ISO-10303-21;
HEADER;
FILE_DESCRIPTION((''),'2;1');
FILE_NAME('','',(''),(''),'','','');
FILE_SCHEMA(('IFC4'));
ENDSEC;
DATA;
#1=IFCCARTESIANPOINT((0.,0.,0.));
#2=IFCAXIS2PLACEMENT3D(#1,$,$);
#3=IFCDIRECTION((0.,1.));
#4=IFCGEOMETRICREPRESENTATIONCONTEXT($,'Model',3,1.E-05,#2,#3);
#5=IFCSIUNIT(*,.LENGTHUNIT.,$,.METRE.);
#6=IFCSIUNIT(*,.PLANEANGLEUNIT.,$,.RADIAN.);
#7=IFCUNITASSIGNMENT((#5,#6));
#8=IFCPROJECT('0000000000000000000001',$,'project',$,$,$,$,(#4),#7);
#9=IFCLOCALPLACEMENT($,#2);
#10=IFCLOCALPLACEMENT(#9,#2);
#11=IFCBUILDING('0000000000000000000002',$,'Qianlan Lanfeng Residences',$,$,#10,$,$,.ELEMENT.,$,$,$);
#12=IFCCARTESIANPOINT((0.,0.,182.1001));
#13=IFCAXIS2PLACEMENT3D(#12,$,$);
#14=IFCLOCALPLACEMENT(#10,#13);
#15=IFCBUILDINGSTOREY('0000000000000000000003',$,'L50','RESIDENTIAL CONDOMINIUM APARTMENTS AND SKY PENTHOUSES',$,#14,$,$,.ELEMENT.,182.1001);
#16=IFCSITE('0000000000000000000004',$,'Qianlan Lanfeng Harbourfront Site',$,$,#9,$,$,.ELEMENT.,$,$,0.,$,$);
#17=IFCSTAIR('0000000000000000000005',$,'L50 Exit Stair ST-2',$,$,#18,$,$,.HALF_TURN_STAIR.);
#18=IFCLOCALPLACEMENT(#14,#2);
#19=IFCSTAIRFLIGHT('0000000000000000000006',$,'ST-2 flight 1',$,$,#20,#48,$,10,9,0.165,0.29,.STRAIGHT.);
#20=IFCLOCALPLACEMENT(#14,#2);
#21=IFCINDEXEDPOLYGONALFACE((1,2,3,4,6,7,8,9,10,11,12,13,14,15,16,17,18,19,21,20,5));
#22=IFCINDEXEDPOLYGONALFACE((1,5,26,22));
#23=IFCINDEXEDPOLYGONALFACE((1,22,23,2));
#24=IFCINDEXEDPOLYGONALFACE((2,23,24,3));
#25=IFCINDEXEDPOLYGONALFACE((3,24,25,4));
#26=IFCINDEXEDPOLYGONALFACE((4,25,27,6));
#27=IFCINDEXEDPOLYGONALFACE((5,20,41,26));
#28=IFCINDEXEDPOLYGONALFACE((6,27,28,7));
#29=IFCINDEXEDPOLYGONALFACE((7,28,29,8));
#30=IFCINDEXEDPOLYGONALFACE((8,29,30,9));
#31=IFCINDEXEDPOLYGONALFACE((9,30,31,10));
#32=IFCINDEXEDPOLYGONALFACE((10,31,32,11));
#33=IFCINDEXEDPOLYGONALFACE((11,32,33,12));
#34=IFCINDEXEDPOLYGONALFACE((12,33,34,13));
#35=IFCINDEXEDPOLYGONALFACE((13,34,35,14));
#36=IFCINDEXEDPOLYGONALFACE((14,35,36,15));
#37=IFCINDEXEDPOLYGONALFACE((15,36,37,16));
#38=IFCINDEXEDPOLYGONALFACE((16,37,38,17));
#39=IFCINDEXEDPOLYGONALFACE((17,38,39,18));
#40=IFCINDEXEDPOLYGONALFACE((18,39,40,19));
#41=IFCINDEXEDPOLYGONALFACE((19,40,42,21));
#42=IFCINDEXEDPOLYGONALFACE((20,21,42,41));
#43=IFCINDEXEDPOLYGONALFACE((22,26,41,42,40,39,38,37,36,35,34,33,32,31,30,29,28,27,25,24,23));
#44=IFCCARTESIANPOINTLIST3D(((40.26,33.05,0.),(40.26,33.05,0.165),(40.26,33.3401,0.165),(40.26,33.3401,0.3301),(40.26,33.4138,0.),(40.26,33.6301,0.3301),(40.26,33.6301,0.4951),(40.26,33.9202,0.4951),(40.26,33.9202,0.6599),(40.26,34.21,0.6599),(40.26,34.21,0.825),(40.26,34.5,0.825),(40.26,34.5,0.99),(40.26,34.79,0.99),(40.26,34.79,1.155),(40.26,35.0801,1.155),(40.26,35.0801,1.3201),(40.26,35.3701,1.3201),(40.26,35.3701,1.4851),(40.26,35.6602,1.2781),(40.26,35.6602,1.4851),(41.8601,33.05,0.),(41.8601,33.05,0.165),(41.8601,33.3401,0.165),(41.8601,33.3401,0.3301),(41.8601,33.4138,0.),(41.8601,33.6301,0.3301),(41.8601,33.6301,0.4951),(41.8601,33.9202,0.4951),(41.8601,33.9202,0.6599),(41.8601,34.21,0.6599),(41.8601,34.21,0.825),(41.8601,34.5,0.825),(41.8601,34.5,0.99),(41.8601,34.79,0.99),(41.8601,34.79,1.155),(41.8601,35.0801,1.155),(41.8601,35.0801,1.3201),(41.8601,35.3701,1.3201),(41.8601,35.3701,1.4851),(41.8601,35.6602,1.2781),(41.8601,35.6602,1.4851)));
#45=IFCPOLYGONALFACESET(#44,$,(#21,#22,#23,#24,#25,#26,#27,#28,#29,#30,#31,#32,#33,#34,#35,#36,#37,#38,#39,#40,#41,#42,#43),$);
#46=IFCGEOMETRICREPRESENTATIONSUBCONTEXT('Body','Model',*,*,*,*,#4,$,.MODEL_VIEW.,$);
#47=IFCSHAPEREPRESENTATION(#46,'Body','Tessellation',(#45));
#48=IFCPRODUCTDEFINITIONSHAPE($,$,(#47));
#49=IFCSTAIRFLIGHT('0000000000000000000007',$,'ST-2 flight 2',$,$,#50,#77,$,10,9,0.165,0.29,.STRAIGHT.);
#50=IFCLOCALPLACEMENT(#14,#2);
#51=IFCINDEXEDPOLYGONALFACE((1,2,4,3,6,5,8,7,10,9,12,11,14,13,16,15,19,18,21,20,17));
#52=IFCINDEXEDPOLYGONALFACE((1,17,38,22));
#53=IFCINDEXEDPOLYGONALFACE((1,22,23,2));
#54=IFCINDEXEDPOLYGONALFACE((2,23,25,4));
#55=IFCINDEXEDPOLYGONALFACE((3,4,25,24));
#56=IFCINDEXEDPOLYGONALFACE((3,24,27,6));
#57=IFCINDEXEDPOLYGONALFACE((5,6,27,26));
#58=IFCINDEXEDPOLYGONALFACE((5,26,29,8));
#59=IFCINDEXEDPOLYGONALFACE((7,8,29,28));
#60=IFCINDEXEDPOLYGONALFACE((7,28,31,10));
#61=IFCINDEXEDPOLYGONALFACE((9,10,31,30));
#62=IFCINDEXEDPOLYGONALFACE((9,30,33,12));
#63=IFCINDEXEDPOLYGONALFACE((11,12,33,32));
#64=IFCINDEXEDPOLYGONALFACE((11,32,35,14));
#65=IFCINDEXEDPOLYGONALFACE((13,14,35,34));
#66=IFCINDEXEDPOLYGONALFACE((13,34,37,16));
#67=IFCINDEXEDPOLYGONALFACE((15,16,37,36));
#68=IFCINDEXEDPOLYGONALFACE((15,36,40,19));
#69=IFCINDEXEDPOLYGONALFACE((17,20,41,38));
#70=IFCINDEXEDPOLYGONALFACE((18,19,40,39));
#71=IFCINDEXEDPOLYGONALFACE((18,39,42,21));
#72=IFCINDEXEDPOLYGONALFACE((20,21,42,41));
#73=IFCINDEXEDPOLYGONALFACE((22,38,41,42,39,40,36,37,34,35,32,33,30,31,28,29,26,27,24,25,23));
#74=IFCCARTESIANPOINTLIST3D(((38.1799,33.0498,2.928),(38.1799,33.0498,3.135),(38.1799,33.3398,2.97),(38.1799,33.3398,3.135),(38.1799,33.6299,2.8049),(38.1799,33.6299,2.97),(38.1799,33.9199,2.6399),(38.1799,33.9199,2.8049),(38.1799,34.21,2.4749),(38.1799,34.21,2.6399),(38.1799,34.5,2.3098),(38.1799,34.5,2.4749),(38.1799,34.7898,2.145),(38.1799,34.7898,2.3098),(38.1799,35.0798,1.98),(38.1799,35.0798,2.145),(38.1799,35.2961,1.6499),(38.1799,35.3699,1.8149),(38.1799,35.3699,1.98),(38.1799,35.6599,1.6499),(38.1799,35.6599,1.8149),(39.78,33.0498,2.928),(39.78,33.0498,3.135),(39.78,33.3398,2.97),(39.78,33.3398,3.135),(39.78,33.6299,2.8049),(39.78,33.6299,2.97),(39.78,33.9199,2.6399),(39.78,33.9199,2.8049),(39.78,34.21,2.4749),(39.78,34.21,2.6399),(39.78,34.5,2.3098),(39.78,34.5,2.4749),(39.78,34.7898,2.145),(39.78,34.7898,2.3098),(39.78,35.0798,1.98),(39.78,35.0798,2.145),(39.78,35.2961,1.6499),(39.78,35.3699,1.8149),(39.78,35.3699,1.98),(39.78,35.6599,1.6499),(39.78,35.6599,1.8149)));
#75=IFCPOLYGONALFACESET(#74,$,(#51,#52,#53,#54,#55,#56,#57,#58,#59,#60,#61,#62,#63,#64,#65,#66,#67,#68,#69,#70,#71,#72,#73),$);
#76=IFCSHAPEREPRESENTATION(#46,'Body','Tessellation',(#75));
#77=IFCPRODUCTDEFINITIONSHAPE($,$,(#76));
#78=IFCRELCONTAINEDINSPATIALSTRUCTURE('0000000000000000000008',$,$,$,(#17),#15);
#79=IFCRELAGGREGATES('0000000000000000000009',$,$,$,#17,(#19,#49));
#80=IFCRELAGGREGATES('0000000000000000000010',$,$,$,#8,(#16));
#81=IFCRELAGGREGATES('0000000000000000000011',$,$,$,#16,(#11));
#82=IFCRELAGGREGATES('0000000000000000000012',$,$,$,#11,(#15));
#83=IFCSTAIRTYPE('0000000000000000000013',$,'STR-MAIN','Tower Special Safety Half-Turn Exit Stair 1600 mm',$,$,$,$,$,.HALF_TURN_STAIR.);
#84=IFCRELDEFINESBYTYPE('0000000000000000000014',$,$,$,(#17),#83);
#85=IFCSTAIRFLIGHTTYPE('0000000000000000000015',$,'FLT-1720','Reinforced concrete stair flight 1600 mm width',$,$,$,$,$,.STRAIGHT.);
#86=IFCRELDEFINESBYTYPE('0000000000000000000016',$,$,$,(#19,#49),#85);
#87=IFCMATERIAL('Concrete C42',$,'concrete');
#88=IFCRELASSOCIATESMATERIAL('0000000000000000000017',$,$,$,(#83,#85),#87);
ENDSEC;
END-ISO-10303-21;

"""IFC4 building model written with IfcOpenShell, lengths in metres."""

from ifc_helpers import new_model, si_unit, direction, frame, origin, place, context, subcontext, project, spatial, polyline, outline, extrude, material, type_object, element, aggregate, save


model = new_model("IFC4")

# Units and contexts
model_context = context("Model", 3, precision=1e-05, world=origin(), true_north=direction((0.0, 1.0)))
body_context = subcontext(model_context, "Body", "Model", "MODEL_VIEW")
ifc_project = project(units=[si_unit("LENGTHUNIT", "METRE"), si_unit("PLANEANGLEUNIT", "RADIAN")], contexts=[model_context])

# Site, building, storey
site_placement = place(None, origin())
site = spatial("IfcSite", under=ifc_project, at=site_placement, Name="Qianlan Lanfeng Harbourfront Site", CompositionType="ELEMENT", RefElevation=0.0)
building_placement = place(site_placement, origin())
building = spatial("IfcBuilding", under=site, at=building_placement, Name="Qianlan Lanfeng Residences", CompositionType="ELEMENT")
storey_placement = place(building_placement, frame((0.0, 0.0, 182.1001)))
storey = spatial("IfcBuildingStorey", under=building, at=storey_placement, Name="L50", Description="RESIDENTIAL CONDOMINIUM APARTMENTS AND SKY PENTHOUSES", CompositionType="ELEMENT", Elevation=182.1001)

# Shared definitions
ifc_material_1 = material(Name="Concrete C42", Category="concrete")

# Stair, stair flights
stair_type = type_object("IfcStairType", Name="STR-MAIN", Description="Tower Special Safety Half-Turn Exit Stair 1600 mm", PredefinedType="HALF_TURN_STAIR", material=ifc_material_1)
stair_placement = place(storey_placement, origin())
stair = element("IfcStair", 1, at=stair_placement, inside=storey, type_object=stair_type, Name="L50 Exit Stair ST-2", PredefinedType="HALF_TURN_STAIR")
stair_flight_type = type_object("IfcStairFlightType", Name="FLT-1720", Description="Reinforced concrete stair flight 1600 mm width", PredefinedType="STRAIGHT", material=ifc_material_1)
stair_flight_1_placement = place(storey_placement, frame((41.0601, 33.05, 0.0), z_axis=(0.0, 0.0, 1.0), x_axis=(0.0, 1.0, 0.0)))
stair_flight_1 = element("IfcStairFlight", 2, at=stair_flight_1_placement, type_object=stair_flight_type, Name="ST-2 flight 1", NumberOfRisers=10, NumberOfTreads=9, PredefinedType="STRAIGHT", RiserHeight=0.165, TreadLength=0.29, context=body_context, shape_type="SweptSolid", body=[
    extrude(outline(polyline([(0.0, 0.0), (0.0, 0.165), (0.29, 0.165), (0.29, 0.3301), (0.5801, 0.3301), (0.5801, 0.4951), (0.8701, 0.4951), (0.8701, 0.6599), (1.1599, 0.6599), (1.1599, 0.825), (1.45, 0.825), (1.45, 0.99), (1.74, 0.99), (1.74, 1.155), (2.03, 1.155), (2.03, 1.3201), (2.3201, 1.3201), (2.3201, 1.4851), (2.6101, 1.4851), (2.6101, 1.6499), (2.6101, 1.2781), (0.3638, 0.0), (0.0, 0.0)])), frame((0.0, 0.8, 0.0), z_axis=(0.0, -1.0, 0.0), x_axis=(1.0, 0.0, 0.0)), (0.0, 0.0, 1.0), 1.6001),
])
stair_flight_2_placement = place(storey_placement, frame((38.98, 35.6599, 1.6499), z_axis=(0.0, 0.0, 1.0), x_axis=(0.0, -1.0, 0.0)))
stair_flight_2 = element("IfcStairFlight", 3, at=stair_flight_2_placement, type_object=stair_flight_type, Name="ST-2 flight 2", NumberOfRisers=10, NumberOfTreads=9, PredefinedType="STRAIGHT", RiserHeight=0.165, TreadLength=0.29, context=body_context, shape_type="SweptSolid", body=[
    extrude(outline(polyline([(0.0, 0.0), (0.0, 0.165), (0.29, 0.165), (0.29, 0.3301), (0.5801, 0.3301), (0.5801, 0.4951), (0.8701, 0.4951), (0.8701, 0.6599), (1.1599, 0.6599), (1.1599, 0.825), (1.45, 0.825), (1.45, 0.99), (1.74, 0.99), (1.74, 1.155), (2.03, 1.155), (2.03, 1.3201), (2.3201, 1.3201), (2.3201, 1.4851), (2.6101, 1.4851), (2.6101, 1.6499), (2.6101, 1.2781), (0.3638, 0.0), (0.0, 0.0)])), frame((0.0, 0.8, 0.0), z_axis=(0.0, -1.0, 0.0), x_axis=(1.0, 0.0, 0.0)), (0.0, 0.0, 1.0), 1.6001),
])
aggregate(stair, [stair_flight_1, stair_flight_2])

save(model, "model.ifc")
